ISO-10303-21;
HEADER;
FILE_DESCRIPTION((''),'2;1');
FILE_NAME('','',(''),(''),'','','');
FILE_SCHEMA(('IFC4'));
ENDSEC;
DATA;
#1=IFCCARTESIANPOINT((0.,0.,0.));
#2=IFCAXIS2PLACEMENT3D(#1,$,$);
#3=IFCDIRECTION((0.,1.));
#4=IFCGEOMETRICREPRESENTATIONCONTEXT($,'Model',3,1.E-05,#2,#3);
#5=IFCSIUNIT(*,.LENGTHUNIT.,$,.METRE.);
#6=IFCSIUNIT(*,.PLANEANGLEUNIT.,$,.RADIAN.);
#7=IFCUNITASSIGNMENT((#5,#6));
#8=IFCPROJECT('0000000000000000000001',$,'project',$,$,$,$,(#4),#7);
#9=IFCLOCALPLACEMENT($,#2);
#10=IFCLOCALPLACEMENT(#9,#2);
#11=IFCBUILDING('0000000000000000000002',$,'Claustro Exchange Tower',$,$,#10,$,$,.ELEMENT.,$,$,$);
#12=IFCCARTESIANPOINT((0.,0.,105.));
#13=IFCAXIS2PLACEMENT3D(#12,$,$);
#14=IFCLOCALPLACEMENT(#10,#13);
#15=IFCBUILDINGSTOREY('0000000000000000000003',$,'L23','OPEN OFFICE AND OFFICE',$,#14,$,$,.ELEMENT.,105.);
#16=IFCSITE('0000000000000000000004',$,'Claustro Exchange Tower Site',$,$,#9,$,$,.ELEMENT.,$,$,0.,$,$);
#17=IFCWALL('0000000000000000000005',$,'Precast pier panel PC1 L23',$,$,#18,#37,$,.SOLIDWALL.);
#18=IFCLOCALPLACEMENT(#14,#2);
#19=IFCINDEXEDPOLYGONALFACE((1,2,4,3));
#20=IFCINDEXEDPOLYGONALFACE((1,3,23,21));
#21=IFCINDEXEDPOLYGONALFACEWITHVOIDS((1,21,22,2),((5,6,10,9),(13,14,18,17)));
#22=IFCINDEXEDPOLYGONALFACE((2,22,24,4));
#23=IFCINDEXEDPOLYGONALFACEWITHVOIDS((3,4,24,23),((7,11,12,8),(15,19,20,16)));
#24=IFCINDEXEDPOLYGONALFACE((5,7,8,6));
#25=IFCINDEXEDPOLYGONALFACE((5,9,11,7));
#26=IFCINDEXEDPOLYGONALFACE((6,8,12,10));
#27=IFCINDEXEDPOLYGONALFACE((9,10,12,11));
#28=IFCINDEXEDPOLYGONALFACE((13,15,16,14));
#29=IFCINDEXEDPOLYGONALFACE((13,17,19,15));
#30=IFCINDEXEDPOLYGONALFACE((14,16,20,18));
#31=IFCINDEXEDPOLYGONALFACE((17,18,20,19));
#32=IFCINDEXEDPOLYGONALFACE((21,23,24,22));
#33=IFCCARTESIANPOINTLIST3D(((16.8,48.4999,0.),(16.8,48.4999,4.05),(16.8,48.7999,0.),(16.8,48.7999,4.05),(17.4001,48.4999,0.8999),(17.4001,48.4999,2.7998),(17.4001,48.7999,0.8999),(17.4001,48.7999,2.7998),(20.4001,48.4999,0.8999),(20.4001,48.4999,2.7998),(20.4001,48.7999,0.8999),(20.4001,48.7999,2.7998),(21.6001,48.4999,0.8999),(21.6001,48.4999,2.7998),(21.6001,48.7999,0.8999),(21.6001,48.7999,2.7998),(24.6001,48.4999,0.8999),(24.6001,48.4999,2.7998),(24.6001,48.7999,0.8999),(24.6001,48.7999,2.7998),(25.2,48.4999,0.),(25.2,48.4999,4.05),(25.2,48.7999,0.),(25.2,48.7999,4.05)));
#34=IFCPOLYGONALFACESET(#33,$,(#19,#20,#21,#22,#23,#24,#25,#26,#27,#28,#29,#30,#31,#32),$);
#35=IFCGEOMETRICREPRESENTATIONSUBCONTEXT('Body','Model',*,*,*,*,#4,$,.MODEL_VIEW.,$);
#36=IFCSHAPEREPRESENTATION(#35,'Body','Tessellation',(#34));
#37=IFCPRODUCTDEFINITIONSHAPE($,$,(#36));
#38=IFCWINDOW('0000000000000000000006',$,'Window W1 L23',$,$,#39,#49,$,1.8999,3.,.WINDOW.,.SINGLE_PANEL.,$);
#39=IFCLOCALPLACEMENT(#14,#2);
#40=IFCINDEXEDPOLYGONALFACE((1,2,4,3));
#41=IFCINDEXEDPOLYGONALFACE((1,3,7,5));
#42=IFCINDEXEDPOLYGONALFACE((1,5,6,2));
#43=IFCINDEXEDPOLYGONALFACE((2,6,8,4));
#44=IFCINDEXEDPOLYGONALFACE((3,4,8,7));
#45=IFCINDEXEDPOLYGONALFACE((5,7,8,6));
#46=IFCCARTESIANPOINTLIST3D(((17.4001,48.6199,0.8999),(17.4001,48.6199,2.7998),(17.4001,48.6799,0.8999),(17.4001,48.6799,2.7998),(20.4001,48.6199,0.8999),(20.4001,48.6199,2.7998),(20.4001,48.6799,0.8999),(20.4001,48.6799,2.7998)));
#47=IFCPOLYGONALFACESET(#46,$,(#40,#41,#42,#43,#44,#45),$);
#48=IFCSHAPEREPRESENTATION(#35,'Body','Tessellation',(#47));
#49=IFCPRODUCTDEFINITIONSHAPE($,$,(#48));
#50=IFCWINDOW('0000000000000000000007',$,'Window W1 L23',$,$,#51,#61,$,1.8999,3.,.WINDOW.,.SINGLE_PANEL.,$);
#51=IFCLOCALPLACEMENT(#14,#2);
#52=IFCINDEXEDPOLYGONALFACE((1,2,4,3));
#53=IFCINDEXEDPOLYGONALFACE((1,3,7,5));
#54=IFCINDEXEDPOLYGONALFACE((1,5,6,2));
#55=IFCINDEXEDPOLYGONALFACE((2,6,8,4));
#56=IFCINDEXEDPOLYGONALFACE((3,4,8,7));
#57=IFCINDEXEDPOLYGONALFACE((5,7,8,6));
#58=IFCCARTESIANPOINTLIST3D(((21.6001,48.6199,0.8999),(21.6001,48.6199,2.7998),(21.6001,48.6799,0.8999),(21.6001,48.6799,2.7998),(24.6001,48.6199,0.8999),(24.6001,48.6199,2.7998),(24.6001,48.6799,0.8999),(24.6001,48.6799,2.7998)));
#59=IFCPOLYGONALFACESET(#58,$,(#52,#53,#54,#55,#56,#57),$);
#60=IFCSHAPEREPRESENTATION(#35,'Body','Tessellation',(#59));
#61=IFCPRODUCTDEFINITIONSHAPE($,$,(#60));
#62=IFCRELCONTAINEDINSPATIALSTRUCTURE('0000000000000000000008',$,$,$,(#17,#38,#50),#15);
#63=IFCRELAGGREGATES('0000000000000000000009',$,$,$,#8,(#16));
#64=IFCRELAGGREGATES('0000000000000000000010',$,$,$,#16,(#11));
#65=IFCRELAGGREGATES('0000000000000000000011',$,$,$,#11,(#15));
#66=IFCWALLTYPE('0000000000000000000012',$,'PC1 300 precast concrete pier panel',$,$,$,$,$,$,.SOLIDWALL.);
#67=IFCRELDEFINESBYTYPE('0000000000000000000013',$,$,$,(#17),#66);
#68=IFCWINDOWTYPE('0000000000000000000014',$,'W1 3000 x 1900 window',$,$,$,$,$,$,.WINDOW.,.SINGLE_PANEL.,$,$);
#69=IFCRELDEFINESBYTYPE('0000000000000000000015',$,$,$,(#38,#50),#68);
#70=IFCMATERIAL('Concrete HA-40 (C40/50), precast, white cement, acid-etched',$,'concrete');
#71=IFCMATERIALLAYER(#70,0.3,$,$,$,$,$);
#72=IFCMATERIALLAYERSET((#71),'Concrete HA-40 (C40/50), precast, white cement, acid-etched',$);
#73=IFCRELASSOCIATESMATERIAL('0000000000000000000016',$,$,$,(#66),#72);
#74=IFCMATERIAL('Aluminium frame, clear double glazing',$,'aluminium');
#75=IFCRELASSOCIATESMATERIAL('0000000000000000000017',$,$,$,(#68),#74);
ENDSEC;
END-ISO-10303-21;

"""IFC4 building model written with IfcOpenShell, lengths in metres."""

from ifc_helpers import new_model, si_unit, direction, frame, frame_2d, origin, place, context, subcontext, project, spatial, rectangle, extrude, material, layer, layer_set, type_object, element, fill, save


model = new_model("IFC4")

# Units and contexts
model_context = context("Model", 3, precision=1e-05, world=origin(), true_north=direction((0.0, 1.0)))
body_context = subcontext(model_context, "Body", "Model", "MODEL_VIEW")
ifc_project = project(units=[si_unit("LENGTHUNIT", "METRE"), si_unit("PLANEANGLEUNIT", "RADIAN")], contexts=[model_context])

# Site, building, storey
site_placement = place(None, origin())
site = spatial("IfcSite", under=ifc_project, at=site_placement, Name="Claustro Exchange Tower Site", CompositionType="ELEMENT", RefElevation=0.0)
building_placement = place(site_placement, origin())
building = spatial("IfcBuilding", under=site, at=building_placement, Name="Claustro Exchange Tower", CompositionType="ELEMENT")
storey_placement = place(building_placement, frame((0.0, 0.0, 105.0)))
storey = spatial("IfcBuildingStorey", under=building, at=storey_placement, Name="L23", Description="OPEN OFFICE AND OFFICE", CompositionType="ELEMENT", Elevation=105.0)

# Wall, openings, windows
ifc_material_1 = material(Name="Concrete HA-40 (C40/50), precast, white cement, acid-etched", Category="concrete")
ifc_layer_1 = layer(ifc_material_1, 0.3)
ifc_layer_set_1 = layer_set([ifc_layer_1], Name="Concrete HA-40 (C40/50), precast, white cement, acid-etched")
wall_type_1 = type_object("IfcWallType", Name="PC1 300 precast concrete pier panel", PredefinedType="SOLIDWALL", material=ifc_layer_set_1)
ifc_material_2 = material(Name="Aluminium frame, clear double glazing", Category="aluminium")
window_type = type_object("IfcWindowType", Name="W1 3000 x 1900 window", PartitioningType="SINGLE_PANEL", PredefinedType="WINDOW", material=ifc_material_2)
wall_1_placement = place(storey_placement, frame((16.8, 48.6499, 0.0), z_axis=(0.0, 0.0, 1.0), x_axis=(1.0, 0.0, 0.0)))
wall_1 = element("IfcWall", 1, at=wall_1_placement, inside=storey, type_object=wall_type_1, Name="Precast pier panel PC1 L23", PredefinedType="SOLIDWALL", context=body_context, shape_type="SweptSolid", body=[
    extrude(rectangle(XDim=8.3999, YDim=0.3, at=frame_2d((4.2, 0.0))), origin(), (0.0, 0.0, 1.0), 4.05),
])
opening_1_placement = place(wall_1_placement, frame((0.6001, 0.0, 0.8999)))
opening_1 = element("IfcOpeningElement", 2, at=opening_1_placement, cuts=wall_1, PredefinedType="OPENING", context=body_context, shape_type="SweptSolid", body=[
    extrude(rectangle(XDim=3.0, YDim=1.8999, at=frame_2d((1.5, 0.95))), frame((0.0, 0.1599, 0.0), z_axis=(0.0, -1.0, 0.0), x_axis=(1.0, 0.0, 0.0)), (0.0, 0.0, 1.0), 0.3201),
])
opening_2_placement = place(wall_1_placement, frame((4.8, 0.0, 0.8999)))
opening_2 = element("IfcOpeningElement", 3, at=opening_2_placement, cuts=wall_1, PredefinedType="OPENING", context=body_context, shape_type="SweptSolid", body=[
    extrude(rectangle(XDim=3.0, YDim=1.8999, at=frame_2d((1.5, 0.95))), frame((0.0, 0.1599, 0.0), z_axis=(0.0, -1.0, 0.0), x_axis=(1.0, 0.0, 0.0)), (0.0, 0.0, 1.0), 0.3201),
])
window_1_placement = place(opening_1_placement, origin())
window_1 = element("IfcWindow", 4, at=window_1_placement, inside=storey, type_object=window_type, Name="Window W1 L23", OverallHeight=1.8999, OverallWidth=3.0, PartitioningType="SINGLE_PANEL", PredefinedType="WINDOW", context=body_context, shape_type="SweptSolid", body=[
    extrude(rectangle(XDim=3.0, YDim=1.8999, at=frame_2d((1.5, 0.95))), frame((0.0, 0.03, 0.0), z_axis=(0.0, -1.0, 0.0), x_axis=(1.0, 0.0, 0.0)), (0.0, 0.0, 1.0), 0.0601),
])
fill(opening_1, window_1)
window_2_placement = place(opening_2_placement, origin())
window_2 = element("IfcWindow", 5, at=window_2_placement, inside=storey, type_object=window_type, Name="Window W1 L23", OverallHeight=1.8999, OverallWidth=3.0, PartitioningType="SINGLE_PANEL", PredefinedType="WINDOW", context=body_context, shape_type="SweptSolid", body=[
    extrude(rectangle(XDim=3.0, YDim=1.8999, at=frame_2d((1.5, 0.95))), frame((0.0, 0.03, 0.0), z_axis=(0.0, -1.0, 0.0), x_axis=(1.0, 0.0, 0.0)), (0.0, 0.0, 1.0), 0.0601),
])
fill(opening_2, window_2)

save(model, "model.ifc")
